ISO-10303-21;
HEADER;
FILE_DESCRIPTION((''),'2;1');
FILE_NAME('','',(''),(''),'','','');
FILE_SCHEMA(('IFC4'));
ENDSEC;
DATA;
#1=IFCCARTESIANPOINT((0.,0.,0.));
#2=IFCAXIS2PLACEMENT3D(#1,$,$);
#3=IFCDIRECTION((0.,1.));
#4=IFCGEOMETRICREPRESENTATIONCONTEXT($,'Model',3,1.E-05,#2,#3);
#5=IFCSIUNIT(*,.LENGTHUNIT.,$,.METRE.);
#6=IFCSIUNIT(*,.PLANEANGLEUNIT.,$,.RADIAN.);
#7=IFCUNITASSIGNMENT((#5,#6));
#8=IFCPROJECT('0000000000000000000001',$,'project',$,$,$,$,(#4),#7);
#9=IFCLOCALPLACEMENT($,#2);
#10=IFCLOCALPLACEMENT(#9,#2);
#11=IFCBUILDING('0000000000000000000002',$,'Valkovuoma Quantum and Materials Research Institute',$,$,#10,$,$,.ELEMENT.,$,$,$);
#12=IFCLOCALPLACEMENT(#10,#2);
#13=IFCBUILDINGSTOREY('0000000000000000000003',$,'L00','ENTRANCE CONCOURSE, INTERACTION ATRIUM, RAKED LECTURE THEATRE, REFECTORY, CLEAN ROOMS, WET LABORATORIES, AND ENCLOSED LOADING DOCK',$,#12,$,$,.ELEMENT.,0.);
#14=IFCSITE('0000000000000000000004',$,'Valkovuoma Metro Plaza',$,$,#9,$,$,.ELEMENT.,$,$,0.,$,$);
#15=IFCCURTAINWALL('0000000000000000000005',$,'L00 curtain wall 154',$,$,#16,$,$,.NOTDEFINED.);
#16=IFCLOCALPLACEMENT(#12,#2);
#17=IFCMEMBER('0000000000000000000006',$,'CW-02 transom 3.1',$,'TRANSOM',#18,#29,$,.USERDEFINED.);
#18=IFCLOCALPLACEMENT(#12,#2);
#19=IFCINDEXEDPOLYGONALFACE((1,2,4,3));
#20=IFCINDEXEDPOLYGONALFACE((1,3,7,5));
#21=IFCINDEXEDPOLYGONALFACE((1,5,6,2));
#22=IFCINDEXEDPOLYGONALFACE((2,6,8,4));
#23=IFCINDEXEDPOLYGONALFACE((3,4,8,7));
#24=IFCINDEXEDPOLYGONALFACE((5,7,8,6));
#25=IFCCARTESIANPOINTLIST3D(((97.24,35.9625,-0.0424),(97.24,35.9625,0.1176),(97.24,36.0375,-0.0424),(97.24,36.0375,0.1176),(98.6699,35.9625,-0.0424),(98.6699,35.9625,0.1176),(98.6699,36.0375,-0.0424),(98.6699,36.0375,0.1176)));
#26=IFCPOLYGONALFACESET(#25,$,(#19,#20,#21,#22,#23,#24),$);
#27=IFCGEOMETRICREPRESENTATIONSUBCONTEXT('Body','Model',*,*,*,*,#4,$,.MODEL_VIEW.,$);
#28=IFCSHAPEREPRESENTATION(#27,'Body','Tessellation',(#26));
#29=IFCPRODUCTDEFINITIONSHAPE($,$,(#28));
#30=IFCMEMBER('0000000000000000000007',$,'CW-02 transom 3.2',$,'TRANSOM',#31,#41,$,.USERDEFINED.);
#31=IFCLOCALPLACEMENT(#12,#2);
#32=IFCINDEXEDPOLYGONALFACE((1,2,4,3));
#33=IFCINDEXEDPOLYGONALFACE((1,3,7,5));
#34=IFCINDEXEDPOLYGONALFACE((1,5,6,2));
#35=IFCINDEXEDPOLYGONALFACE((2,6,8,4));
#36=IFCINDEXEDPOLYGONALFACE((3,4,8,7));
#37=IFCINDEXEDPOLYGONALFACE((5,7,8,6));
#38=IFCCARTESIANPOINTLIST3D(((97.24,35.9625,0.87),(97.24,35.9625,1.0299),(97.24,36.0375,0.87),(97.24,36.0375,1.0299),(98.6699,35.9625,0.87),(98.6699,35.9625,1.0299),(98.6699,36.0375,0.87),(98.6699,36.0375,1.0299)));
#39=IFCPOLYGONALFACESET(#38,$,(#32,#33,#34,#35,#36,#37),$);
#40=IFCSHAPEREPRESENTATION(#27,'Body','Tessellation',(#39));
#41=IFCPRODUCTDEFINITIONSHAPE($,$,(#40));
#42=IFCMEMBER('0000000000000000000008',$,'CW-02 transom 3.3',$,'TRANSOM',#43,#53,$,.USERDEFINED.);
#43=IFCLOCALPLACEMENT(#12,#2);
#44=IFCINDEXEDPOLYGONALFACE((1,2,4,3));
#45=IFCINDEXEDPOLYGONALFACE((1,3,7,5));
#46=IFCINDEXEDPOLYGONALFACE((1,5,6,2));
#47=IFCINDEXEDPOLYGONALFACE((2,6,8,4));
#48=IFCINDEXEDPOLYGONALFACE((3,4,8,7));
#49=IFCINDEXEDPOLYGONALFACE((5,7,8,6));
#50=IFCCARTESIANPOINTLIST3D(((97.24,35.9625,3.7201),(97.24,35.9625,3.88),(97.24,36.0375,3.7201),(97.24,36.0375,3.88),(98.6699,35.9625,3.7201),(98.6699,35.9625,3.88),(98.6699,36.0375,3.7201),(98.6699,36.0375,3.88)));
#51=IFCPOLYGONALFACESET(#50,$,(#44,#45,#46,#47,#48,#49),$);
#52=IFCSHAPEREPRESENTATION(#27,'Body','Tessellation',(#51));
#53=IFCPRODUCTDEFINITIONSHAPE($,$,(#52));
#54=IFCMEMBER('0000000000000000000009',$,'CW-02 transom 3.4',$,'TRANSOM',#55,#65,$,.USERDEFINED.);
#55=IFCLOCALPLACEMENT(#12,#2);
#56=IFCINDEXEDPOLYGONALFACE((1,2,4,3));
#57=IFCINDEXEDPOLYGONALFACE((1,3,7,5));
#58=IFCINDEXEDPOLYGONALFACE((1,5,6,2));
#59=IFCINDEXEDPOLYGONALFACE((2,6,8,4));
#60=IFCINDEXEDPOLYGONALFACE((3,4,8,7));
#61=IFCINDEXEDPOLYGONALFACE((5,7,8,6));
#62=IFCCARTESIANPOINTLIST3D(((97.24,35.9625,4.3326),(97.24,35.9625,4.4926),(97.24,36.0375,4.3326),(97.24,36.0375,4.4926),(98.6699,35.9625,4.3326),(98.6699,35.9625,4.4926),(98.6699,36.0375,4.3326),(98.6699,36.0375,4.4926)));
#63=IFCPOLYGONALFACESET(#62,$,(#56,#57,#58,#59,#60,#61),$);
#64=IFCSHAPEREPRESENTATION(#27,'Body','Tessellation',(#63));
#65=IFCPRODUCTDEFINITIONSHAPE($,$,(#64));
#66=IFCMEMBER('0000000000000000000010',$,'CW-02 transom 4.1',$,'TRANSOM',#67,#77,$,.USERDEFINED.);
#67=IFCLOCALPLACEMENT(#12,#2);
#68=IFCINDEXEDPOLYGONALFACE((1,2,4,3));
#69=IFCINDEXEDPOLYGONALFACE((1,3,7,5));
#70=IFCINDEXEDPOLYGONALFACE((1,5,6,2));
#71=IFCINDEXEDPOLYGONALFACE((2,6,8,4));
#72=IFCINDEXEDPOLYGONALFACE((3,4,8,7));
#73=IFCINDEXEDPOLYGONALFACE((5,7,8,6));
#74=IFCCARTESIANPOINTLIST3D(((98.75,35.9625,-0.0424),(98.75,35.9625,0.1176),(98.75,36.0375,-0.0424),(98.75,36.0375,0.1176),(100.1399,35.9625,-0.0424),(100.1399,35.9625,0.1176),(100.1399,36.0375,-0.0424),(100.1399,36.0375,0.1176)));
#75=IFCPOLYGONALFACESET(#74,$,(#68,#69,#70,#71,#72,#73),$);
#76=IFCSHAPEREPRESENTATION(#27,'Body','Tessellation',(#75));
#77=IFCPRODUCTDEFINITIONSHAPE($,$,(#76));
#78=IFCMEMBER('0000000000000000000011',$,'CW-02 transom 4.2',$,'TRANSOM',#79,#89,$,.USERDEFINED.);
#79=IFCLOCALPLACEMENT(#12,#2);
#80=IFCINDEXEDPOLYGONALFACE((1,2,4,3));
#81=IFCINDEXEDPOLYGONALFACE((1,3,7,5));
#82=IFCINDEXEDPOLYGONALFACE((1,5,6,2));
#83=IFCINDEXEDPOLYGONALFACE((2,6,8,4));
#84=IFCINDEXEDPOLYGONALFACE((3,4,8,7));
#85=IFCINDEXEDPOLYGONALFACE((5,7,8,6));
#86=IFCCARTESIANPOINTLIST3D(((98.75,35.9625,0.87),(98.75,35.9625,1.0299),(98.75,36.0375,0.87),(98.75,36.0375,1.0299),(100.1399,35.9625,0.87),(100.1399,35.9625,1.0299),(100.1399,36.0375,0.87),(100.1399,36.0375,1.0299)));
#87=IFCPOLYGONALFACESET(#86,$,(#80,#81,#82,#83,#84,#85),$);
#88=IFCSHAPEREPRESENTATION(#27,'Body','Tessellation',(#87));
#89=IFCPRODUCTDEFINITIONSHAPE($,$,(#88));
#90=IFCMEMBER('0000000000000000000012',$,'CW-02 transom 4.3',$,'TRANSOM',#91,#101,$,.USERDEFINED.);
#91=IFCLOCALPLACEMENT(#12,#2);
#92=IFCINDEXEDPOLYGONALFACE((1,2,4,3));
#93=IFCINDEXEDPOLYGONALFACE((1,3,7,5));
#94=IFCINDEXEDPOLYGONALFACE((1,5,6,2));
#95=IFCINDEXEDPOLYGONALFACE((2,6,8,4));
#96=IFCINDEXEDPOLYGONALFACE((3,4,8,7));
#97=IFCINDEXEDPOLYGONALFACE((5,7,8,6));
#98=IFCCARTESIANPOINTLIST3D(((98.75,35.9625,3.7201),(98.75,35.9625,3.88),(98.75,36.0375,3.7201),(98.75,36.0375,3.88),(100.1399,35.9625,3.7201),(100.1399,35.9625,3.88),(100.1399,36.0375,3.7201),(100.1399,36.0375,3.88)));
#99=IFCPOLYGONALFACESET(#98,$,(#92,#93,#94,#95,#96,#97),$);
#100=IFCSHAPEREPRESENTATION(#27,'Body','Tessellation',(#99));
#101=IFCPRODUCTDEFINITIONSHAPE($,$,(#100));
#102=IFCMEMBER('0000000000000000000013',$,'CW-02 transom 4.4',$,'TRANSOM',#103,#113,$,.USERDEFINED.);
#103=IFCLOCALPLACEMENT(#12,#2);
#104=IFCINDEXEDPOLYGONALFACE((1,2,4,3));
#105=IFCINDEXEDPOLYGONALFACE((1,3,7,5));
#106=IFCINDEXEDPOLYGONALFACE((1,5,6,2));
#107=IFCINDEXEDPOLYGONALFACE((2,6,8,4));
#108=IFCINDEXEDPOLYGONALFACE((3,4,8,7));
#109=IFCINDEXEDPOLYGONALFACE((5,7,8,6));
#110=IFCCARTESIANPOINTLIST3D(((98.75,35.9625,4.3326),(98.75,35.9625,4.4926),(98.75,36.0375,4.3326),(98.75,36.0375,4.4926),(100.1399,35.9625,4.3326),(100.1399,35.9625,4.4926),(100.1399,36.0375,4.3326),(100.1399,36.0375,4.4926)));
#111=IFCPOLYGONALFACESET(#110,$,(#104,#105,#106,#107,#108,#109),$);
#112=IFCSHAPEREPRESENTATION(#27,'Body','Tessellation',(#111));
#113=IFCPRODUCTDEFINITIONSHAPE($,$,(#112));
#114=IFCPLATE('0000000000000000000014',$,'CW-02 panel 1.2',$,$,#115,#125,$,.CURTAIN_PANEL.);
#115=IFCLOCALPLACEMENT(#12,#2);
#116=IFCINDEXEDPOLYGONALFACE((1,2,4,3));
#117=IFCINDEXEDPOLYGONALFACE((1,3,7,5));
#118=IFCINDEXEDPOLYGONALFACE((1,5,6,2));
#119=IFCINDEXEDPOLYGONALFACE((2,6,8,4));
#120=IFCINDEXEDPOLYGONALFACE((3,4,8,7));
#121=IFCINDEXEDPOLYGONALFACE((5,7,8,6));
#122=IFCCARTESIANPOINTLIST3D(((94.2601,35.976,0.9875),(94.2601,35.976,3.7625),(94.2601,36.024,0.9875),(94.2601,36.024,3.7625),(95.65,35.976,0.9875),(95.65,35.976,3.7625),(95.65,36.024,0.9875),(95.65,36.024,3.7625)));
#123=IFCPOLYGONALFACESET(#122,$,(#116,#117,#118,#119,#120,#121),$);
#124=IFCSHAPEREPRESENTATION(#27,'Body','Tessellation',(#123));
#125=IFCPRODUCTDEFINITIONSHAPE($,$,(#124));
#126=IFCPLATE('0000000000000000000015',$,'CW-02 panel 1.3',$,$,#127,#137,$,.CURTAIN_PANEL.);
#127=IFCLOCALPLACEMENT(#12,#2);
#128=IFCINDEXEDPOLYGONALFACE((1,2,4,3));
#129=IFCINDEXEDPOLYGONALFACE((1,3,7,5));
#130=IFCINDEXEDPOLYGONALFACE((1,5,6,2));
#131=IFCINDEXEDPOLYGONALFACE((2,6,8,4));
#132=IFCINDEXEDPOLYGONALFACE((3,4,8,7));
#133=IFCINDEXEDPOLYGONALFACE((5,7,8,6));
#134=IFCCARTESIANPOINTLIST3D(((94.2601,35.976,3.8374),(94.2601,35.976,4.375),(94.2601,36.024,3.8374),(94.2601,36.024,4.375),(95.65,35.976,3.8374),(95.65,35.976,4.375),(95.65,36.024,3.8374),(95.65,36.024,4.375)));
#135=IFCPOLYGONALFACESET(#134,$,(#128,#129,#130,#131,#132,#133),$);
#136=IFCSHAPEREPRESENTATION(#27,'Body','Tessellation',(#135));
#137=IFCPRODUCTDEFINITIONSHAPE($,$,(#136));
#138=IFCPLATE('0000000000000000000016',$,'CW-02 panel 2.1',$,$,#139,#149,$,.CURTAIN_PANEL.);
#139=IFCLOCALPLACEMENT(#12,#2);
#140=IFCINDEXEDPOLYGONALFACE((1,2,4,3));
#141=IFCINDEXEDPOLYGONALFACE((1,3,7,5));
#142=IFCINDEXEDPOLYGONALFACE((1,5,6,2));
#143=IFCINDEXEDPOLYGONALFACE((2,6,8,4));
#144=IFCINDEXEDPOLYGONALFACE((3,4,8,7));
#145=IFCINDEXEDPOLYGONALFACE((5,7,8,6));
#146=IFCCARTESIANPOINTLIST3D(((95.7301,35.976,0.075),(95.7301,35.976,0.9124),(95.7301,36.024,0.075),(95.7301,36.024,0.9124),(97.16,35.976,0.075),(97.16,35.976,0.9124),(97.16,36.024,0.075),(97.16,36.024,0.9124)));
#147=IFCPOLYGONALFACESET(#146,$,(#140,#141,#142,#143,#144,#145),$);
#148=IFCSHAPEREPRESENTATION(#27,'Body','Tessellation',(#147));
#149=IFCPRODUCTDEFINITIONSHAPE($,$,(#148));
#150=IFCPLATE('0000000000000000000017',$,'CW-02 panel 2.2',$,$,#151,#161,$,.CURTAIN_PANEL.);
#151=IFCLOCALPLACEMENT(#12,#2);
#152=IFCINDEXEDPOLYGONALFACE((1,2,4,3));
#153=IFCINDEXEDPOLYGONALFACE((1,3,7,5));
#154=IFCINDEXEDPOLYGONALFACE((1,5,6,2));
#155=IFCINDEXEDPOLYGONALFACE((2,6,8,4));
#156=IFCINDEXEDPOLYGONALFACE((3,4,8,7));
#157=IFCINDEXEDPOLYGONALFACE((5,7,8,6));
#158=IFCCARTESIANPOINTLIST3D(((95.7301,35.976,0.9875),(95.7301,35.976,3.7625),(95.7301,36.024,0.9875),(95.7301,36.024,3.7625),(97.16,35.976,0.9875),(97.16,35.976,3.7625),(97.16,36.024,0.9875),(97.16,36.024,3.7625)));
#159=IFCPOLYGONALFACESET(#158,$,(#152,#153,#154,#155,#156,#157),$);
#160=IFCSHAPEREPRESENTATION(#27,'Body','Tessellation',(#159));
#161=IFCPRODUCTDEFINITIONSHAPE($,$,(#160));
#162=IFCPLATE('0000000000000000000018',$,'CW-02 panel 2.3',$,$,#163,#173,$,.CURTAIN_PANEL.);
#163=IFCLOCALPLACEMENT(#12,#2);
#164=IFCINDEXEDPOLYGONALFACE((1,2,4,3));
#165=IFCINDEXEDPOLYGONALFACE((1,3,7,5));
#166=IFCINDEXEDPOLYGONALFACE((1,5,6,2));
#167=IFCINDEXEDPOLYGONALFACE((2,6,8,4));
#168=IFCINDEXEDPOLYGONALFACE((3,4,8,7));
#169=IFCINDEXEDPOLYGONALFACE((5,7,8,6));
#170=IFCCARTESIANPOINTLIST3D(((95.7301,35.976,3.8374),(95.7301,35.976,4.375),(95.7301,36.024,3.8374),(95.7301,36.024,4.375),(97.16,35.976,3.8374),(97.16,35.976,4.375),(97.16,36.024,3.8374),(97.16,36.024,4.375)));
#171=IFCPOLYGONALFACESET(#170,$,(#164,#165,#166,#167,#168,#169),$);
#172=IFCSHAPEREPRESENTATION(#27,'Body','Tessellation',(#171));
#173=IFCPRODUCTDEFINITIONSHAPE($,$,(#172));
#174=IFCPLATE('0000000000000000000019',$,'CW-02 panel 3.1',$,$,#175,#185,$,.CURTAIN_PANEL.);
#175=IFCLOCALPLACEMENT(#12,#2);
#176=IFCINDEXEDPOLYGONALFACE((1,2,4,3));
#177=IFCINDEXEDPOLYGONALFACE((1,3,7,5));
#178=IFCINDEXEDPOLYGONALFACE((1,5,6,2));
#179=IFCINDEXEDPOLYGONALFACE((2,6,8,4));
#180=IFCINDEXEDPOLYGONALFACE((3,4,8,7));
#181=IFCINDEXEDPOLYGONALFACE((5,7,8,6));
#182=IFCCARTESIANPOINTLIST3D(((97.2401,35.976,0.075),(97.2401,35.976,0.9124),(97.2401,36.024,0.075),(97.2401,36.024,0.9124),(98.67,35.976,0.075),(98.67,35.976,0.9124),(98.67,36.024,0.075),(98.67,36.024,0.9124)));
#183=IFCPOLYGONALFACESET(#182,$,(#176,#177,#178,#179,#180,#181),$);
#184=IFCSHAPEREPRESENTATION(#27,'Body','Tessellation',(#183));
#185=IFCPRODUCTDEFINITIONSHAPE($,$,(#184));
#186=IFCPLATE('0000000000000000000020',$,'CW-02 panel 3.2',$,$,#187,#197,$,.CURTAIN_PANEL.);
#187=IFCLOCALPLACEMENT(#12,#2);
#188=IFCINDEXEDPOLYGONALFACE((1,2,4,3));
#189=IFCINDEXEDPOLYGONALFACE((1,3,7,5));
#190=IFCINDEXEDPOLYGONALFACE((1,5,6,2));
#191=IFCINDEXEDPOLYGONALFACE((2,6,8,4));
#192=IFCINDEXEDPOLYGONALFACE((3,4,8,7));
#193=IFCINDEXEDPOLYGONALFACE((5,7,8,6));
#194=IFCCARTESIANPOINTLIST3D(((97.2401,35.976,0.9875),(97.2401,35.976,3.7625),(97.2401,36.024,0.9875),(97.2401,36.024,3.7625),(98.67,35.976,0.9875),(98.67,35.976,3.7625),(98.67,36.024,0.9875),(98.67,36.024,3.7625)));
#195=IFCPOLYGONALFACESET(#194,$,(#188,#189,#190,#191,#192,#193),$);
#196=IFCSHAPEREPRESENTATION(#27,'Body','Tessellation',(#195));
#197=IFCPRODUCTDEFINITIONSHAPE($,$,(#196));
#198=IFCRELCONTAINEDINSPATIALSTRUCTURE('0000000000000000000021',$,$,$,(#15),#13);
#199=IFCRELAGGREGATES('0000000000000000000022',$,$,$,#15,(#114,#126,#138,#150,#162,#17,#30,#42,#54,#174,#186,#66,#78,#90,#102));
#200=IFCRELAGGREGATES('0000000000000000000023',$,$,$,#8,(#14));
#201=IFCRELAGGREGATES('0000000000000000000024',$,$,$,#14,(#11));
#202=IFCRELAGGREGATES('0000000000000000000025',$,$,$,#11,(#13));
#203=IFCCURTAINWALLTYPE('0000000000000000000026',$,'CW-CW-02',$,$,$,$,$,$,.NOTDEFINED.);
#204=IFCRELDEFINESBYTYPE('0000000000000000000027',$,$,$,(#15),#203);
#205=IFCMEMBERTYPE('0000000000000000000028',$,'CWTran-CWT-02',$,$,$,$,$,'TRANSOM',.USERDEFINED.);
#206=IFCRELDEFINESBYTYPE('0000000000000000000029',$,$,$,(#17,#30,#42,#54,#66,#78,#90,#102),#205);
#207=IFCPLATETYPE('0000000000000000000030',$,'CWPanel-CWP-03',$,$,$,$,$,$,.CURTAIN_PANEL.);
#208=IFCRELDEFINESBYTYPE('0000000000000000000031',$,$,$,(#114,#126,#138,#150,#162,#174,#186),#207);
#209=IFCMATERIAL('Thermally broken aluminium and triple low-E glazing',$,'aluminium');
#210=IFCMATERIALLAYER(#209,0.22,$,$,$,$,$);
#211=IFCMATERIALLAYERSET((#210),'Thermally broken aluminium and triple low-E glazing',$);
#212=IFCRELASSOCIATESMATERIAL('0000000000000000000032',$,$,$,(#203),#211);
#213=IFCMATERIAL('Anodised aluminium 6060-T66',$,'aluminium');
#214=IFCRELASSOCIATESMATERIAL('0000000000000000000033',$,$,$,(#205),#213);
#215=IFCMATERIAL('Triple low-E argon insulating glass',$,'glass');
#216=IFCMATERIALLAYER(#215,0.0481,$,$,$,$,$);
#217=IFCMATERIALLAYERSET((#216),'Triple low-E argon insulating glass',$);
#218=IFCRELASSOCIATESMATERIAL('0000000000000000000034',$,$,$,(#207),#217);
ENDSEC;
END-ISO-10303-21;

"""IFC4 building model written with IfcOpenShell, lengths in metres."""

from ifc_helpers import new_model, si_unit, direction, frame, origin, origin_2d, place, context, subcontext, project, spatial, rectangle, extrude, material, layer, layer_set, material_profile, profile_set, type_object, element, aggregate, save


model = new_model("IFC4")

# Units and contexts
model_context = context("Model", 3, precision=1e-05, world=origin(), true_north=direction((0.0, 1.0)))
body_context = subcontext(model_context, "Body", "Model", "MODEL_VIEW")
ifc_project = project(units=[si_unit("LENGTHUNIT", "METRE"), si_unit("PLANEANGLEUNIT", "RADIAN")], contexts=[model_context])

# Site, building, storey
site_placement = place(None, origin())
site = spatial("IfcSite", under=ifc_project, at=site_placement, Name="Valkovuoma Metro Plaza", CompositionType="ELEMENT", RefElevation=0.0)
building_placement = place(site_placement, origin())
building = spatial("IfcBuilding", under=site, at=building_placement, Name="Valkovuoma Quantum and Materials Research Institute", CompositionType="ELEMENT")
storey_placement = place(building_placement, origin())
storey = spatial("IfcBuildingStorey", under=building, at=storey_placement, Name="L00", Description="ENTRANCE CONCOURSE, INTERACTION ATRIUM, RAKED LECTURE THEATRE, REFECTORY, CLEAN ROOMS, WET LABORATORIES, AND ENCLOSED LOADING DOCK", CompositionType="ELEMENT", Elevation=0.0)

# Curtain wall, members, plates
ifc_material_1 = material(Name="Thermally broken aluminium and triple low-E glazing", Category="aluminium")
ifc_layer_1 = layer(ifc_material_1, 0.22)
ifc_layer_set_1 = layer_set([ifc_layer_1], Name="Thermally broken aluminium and triple low-E glazing")
curtain_wall_type = type_object("IfcCurtainWallType", Name="CW-CW-02", PredefinedType="NOTDEFINED", material=ifc_layer_set_1)
curtain_wall_placement = place(storey_placement, origin())
curtain_wall = element("IfcCurtainWall", 1, at=curtain_wall_placement, inside=storey, type_object=curtain_wall_type, Name="L00 curtain wall 154", PredefinedType="NOTDEFINED")
ifc_material_2 = material(Name="Anodised aluminium 6060-T66", Category="aluminium")
ifc_material_profile_1 = material_profile(ifc_material_2, rectangle(XDim=0.075, YDim=0.1599, at=origin_2d()), Name="Anodised aluminium 6060-T66")
ifc_profile_set_1 = profile_set([ifc_material_profile_1], Name="Anodised aluminium 6060-T66")
member_type_1 = type_object("IfcMemberType", Name="CWTran-CWT-02", ElementType="TRANSOM", PredefinedType="USERDEFINED", material=ifc_profile_set_1)
member_1_placement = place(storey_placement, frame((97.24, 36.0, 0.0376), z_axis=(1.0, 0.0, 0.0), x_axis=(0.0, 1.0, 0.0)))
member_1 = element("IfcMember", 2, at=member_1_placement, type_object=member_type_1, Name="CW-02 transom 3.1", ObjectType="TRANSOM", PredefinedType="USERDEFINED", context=body_context, shape_type="SweptSolid", body=[
    extrude(rectangle(XDim=0.075, YDim=0.1599, at=origin_2d()), origin(), (0.0, 0.0, 1.0), 1.4299),
])
member_2_placement = place(storey_placement, frame((97.24, 36.0, 0.95), z_axis=(1.0, 0.0, 0.0), x_axis=(0.0, 1.0, 0.0)))
member_2 = element("IfcMember", 3, at=member_2_placement, type_object=member_type_1, Name="CW-02 transom 3.2", ObjectType="TRANSOM", PredefinedType="USERDEFINED", context=body_context, shape_type="SweptSolid", body=[
    extrude(rectangle(XDim=0.075, YDim=0.1599, at=origin_2d()), origin(), (0.0, 0.0, 1.0), 1.4299),
])
member_3_placement = place(storey_placement, frame((97.24, 36.0, 3.8), z_axis=(1.0, 0.0, 0.0), x_axis=(0.0, 1.0, 0.0)))
member_3 = element("IfcMember", 4, at=member_3_placement, type_object=member_type_1, Name="CW-02 transom 3.3", ObjectType="TRANSOM", PredefinedType="USERDEFINED", context=body_context, shape_type="SweptSolid", body=[
    extrude(rectangle(XDim=0.075, YDim=0.1599, at=origin_2d()), origin(), (0.0, 0.0, 1.0), 1.4299),
])
member_4_placement = place(storey_placement, frame((97.24, 36.0, 4.4126), z_axis=(1.0, 0.0, 0.0), x_axis=(0.0, 1.0, 0.0)))
member_4 = element("IfcMember", 5, at=member_4_placement, type_object=member_type_1, Name="CW-02 transom 3.4", ObjectType="TRANSOM", PredefinedType="USERDEFINED", context=body_context, shape_type="SweptSolid", body=[
    extrude(rectangle(XDim=0.075, YDim=0.1599, at=origin_2d()), origin(), (0.0, 0.0, 1.0), 1.4299),
])
member_5_placement = place(storey_placement, frame((98.75, 36.0, 0.0376), z_axis=(1.0, 0.0, 0.0), x_axis=(0.0, 1.0, 0.0)))
member_5 = element("IfcMember", 6, at=member_5_placement, type_object=member_type_1, Name="CW-02 transom 4.1", ObjectType="TRANSOM", PredefinedType="USERDEFINED", context=body_context, shape_type="SweptSolid", body=[
    extrude(rectangle(XDim=0.075, YDim=0.1599, at=origin_2d()), origin(), (0.0, 0.0, 1.0), 1.3899),
])
member_6_placement = place(storey_placement, frame((98.75, 36.0, 0.95), z_axis=(1.0, 0.0, 0.0), x_axis=(0.0, 1.0, 0.0)))
member_6 = element("IfcMember", 7, at=member_6_placement, type_object=member_type_1, Name="CW-02 transom 4.2", ObjectType="TRANSOM", PredefinedType="USERDEFINED", context=body_context, shape_type="SweptSolid", body=[
    extrude(rectangle(XDim=0.075, YDim=0.1599, at=origin_2d()), origin(), (0.0, 0.0, 1.0), 1.3899),
])
member_7_placement = place(storey_placement, frame((98.75, 36.0, 3.8), z_axis=(1.0, 0.0, 0.0), x_axis=(0.0, 1.0, 0.0)))
member_7 = element("IfcMember", 8, at=member_7_placement, type_object=member_type_1, Name="CW-02 transom 4.3", ObjectType="TRANSOM", PredefinedType="USERDEFINED", context=body_context, shape_type="SweptSolid", body=[
    extrude(rectangle(XDim=0.075, YDim=0.1599, at=origin_2d()), origin(), (0.0, 0.0, 1.0), 1.3899),
])
member_8_placement = place(storey_placement, frame((98.75, 36.0, 4.4126), z_axis=(1.0, 0.0, 0.0), x_axis=(0.0, 1.0, 0.0)))
member_8 = element("IfcMember", 9, at=member_8_placement, type_object=member_type_1, Name="CW-02 transom 4.4", ObjectType="TRANSOM", PredefinedType="USERDEFINED", context=body_context, shape_type="SweptSolid", body=[
    extrude(rectangle(XDim=0.075, YDim=0.1599, at=origin_2d()), origin(), (0.0, 0.0, 1.0), 1.3899),
])
ifc_material_3 = material(Name="Triple low-E argon insulating glass", Category="glass")
ifc_layer_2 = layer(ifc_material_3, 0.0481)
ifc_layer_set_2 = layer_set([ifc_layer_2], Name="Triple low-E argon insulating glass")
plate_type_1 = type_object("IfcPlateType", Name="CWPanel-CWP-03", PredefinedType="CURTAIN_PANEL", material=ifc_layer_set_2)
plate_1_placement = place(storey_placement, frame((94.9551, 36.0, 0.9875), z_axis=(0.0, 0.0, 1.0), x_axis=(1.0, 0.0, 0.0)))
plate_1 = element("IfcPlate", 10, at=plate_1_placement, type_object=plate_type_1, Name="CW-02 panel 1.2", PredefinedType="CURTAIN_PANEL", context=body_context, shape_type="SweptSolid", body=[
    extrude(rectangle(XDim=1.3899, YDim=0.0481, at=origin_2d()), origin(), (0.0, 0.0, 1.0), 2.7749),
])
plate_2_placement = place(storey_placement, frame((94.9551, 36.0, 3.8374), z_axis=(0.0, 0.0, 1.0), x_axis=(1.0, 0.0, 0.0)))
plate_2 = element("IfcPlate", 11, at=plate_2_placement, type_object=plate_type_1, Name="CW-02 panel 1.3", PredefinedType="CURTAIN_PANEL", context=body_context, shape_type="SweptSolid", body=[
    extrude(rectangle(XDim=1.3899, YDim=0.0481, at=origin_2d()), origin(), (0.0, 0.0, 1.0), 0.5376),
])
plate_3_placement = place(storey_placement, frame((96.4451, 36.0, 0.075), z_axis=(0.0, 0.0, 1.0), x_axis=(1.0, 0.0, 0.0)))
plate_3 = element("IfcPlate", 12, at=plate_3_placement, type_object=plate_type_1, Name="CW-02 panel 2.1", PredefinedType="CURTAIN_PANEL", context=body_context, shape_type="SweptSolid", body=[
    extrude(rectangle(XDim=1.4299, YDim=0.0481, at=origin_2d()), origin(), (0.0, 0.0, 1.0), 0.8374),
])
plate_4_placement = place(storey_placement, frame((96.4451, 36.0, 0.9875), z_axis=(0.0, 0.0, 1.0), x_axis=(1.0, 0.0, 0.0)))
plate_4 = element("IfcPlate", 13, at=plate_4_placement, type_object=plate_type_1, Name="CW-02 panel 2.2", PredefinedType="CURTAIN_PANEL", context=body_context, shape_type="SweptSolid", body=[
    extrude(rectangle(XDim=1.4299, YDim=0.0481, at=origin_2d()), origin(), (0.0, 0.0, 1.0), 2.7749),
])
plate_5_placement = place(storey_placement, frame((96.4451, 36.0, 3.8374), z_axis=(0.0, 0.0, 1.0), x_axis=(1.0, 0.0, 0.0)))
plate_5 = element("IfcPlate", 14, at=plate_5_placement, type_object=plate_type_1, Name="CW-02 panel 2.3", PredefinedType="CURTAIN_PANEL", context=body_context, shape_type="SweptSolid", body=[
    extrude(rectangle(XDim=1.4299, YDim=0.0481, at=origin_2d()), origin(), (0.0, 0.0, 1.0), 0.5376),
])
plate_6_placement = place(storey_placement, frame((97.9551, 36.0, 0.075), z_axis=(0.0, 0.0, 1.0), x_axis=(1.0, 0.0, 0.0)))
plate_6 = element("IfcPlate", 15, at=plate_6_placement, type_object=plate_type_1, Name="CW-02 panel 3.1", PredefinedType="CURTAIN_PANEL", context=body_context, shape_type="SweptSolid", body=[
    extrude(rectangle(XDim=1.4299, YDim=0.0481, at=origin_2d()), origin(), (0.0, 0.0, 1.0), 0.8374),
])
plate_7_placement = place(storey_placement, frame((97.9551, 36.0, 0.9875), z_axis=(0.0, 0.0, 1.0), x_axis=(1.0, 0.0, 0.0)))
plate_7 = element("IfcPlate", 16, at=plate_7_placement, type_object=plate_type_1, Name="CW-02 panel 3.2", PredefinedType="CURTAIN_PANEL", context=body_context, shape_type="SweptSolid", body=[
    extrude(rectangle(XDim=1.4299, YDim=0.0481, at=origin_2d()), origin(), (0.0, 0.0, 1.0), 2.7749),
])
aggregate(curtain_wall, [plate_1, plate_2, plate_3, plate_4, plate_5, member_1, member_2, member_3, member_4, plate_6, plate_7, member_5, member_6, member_7, member_8])

save(model, "model.ifc")
